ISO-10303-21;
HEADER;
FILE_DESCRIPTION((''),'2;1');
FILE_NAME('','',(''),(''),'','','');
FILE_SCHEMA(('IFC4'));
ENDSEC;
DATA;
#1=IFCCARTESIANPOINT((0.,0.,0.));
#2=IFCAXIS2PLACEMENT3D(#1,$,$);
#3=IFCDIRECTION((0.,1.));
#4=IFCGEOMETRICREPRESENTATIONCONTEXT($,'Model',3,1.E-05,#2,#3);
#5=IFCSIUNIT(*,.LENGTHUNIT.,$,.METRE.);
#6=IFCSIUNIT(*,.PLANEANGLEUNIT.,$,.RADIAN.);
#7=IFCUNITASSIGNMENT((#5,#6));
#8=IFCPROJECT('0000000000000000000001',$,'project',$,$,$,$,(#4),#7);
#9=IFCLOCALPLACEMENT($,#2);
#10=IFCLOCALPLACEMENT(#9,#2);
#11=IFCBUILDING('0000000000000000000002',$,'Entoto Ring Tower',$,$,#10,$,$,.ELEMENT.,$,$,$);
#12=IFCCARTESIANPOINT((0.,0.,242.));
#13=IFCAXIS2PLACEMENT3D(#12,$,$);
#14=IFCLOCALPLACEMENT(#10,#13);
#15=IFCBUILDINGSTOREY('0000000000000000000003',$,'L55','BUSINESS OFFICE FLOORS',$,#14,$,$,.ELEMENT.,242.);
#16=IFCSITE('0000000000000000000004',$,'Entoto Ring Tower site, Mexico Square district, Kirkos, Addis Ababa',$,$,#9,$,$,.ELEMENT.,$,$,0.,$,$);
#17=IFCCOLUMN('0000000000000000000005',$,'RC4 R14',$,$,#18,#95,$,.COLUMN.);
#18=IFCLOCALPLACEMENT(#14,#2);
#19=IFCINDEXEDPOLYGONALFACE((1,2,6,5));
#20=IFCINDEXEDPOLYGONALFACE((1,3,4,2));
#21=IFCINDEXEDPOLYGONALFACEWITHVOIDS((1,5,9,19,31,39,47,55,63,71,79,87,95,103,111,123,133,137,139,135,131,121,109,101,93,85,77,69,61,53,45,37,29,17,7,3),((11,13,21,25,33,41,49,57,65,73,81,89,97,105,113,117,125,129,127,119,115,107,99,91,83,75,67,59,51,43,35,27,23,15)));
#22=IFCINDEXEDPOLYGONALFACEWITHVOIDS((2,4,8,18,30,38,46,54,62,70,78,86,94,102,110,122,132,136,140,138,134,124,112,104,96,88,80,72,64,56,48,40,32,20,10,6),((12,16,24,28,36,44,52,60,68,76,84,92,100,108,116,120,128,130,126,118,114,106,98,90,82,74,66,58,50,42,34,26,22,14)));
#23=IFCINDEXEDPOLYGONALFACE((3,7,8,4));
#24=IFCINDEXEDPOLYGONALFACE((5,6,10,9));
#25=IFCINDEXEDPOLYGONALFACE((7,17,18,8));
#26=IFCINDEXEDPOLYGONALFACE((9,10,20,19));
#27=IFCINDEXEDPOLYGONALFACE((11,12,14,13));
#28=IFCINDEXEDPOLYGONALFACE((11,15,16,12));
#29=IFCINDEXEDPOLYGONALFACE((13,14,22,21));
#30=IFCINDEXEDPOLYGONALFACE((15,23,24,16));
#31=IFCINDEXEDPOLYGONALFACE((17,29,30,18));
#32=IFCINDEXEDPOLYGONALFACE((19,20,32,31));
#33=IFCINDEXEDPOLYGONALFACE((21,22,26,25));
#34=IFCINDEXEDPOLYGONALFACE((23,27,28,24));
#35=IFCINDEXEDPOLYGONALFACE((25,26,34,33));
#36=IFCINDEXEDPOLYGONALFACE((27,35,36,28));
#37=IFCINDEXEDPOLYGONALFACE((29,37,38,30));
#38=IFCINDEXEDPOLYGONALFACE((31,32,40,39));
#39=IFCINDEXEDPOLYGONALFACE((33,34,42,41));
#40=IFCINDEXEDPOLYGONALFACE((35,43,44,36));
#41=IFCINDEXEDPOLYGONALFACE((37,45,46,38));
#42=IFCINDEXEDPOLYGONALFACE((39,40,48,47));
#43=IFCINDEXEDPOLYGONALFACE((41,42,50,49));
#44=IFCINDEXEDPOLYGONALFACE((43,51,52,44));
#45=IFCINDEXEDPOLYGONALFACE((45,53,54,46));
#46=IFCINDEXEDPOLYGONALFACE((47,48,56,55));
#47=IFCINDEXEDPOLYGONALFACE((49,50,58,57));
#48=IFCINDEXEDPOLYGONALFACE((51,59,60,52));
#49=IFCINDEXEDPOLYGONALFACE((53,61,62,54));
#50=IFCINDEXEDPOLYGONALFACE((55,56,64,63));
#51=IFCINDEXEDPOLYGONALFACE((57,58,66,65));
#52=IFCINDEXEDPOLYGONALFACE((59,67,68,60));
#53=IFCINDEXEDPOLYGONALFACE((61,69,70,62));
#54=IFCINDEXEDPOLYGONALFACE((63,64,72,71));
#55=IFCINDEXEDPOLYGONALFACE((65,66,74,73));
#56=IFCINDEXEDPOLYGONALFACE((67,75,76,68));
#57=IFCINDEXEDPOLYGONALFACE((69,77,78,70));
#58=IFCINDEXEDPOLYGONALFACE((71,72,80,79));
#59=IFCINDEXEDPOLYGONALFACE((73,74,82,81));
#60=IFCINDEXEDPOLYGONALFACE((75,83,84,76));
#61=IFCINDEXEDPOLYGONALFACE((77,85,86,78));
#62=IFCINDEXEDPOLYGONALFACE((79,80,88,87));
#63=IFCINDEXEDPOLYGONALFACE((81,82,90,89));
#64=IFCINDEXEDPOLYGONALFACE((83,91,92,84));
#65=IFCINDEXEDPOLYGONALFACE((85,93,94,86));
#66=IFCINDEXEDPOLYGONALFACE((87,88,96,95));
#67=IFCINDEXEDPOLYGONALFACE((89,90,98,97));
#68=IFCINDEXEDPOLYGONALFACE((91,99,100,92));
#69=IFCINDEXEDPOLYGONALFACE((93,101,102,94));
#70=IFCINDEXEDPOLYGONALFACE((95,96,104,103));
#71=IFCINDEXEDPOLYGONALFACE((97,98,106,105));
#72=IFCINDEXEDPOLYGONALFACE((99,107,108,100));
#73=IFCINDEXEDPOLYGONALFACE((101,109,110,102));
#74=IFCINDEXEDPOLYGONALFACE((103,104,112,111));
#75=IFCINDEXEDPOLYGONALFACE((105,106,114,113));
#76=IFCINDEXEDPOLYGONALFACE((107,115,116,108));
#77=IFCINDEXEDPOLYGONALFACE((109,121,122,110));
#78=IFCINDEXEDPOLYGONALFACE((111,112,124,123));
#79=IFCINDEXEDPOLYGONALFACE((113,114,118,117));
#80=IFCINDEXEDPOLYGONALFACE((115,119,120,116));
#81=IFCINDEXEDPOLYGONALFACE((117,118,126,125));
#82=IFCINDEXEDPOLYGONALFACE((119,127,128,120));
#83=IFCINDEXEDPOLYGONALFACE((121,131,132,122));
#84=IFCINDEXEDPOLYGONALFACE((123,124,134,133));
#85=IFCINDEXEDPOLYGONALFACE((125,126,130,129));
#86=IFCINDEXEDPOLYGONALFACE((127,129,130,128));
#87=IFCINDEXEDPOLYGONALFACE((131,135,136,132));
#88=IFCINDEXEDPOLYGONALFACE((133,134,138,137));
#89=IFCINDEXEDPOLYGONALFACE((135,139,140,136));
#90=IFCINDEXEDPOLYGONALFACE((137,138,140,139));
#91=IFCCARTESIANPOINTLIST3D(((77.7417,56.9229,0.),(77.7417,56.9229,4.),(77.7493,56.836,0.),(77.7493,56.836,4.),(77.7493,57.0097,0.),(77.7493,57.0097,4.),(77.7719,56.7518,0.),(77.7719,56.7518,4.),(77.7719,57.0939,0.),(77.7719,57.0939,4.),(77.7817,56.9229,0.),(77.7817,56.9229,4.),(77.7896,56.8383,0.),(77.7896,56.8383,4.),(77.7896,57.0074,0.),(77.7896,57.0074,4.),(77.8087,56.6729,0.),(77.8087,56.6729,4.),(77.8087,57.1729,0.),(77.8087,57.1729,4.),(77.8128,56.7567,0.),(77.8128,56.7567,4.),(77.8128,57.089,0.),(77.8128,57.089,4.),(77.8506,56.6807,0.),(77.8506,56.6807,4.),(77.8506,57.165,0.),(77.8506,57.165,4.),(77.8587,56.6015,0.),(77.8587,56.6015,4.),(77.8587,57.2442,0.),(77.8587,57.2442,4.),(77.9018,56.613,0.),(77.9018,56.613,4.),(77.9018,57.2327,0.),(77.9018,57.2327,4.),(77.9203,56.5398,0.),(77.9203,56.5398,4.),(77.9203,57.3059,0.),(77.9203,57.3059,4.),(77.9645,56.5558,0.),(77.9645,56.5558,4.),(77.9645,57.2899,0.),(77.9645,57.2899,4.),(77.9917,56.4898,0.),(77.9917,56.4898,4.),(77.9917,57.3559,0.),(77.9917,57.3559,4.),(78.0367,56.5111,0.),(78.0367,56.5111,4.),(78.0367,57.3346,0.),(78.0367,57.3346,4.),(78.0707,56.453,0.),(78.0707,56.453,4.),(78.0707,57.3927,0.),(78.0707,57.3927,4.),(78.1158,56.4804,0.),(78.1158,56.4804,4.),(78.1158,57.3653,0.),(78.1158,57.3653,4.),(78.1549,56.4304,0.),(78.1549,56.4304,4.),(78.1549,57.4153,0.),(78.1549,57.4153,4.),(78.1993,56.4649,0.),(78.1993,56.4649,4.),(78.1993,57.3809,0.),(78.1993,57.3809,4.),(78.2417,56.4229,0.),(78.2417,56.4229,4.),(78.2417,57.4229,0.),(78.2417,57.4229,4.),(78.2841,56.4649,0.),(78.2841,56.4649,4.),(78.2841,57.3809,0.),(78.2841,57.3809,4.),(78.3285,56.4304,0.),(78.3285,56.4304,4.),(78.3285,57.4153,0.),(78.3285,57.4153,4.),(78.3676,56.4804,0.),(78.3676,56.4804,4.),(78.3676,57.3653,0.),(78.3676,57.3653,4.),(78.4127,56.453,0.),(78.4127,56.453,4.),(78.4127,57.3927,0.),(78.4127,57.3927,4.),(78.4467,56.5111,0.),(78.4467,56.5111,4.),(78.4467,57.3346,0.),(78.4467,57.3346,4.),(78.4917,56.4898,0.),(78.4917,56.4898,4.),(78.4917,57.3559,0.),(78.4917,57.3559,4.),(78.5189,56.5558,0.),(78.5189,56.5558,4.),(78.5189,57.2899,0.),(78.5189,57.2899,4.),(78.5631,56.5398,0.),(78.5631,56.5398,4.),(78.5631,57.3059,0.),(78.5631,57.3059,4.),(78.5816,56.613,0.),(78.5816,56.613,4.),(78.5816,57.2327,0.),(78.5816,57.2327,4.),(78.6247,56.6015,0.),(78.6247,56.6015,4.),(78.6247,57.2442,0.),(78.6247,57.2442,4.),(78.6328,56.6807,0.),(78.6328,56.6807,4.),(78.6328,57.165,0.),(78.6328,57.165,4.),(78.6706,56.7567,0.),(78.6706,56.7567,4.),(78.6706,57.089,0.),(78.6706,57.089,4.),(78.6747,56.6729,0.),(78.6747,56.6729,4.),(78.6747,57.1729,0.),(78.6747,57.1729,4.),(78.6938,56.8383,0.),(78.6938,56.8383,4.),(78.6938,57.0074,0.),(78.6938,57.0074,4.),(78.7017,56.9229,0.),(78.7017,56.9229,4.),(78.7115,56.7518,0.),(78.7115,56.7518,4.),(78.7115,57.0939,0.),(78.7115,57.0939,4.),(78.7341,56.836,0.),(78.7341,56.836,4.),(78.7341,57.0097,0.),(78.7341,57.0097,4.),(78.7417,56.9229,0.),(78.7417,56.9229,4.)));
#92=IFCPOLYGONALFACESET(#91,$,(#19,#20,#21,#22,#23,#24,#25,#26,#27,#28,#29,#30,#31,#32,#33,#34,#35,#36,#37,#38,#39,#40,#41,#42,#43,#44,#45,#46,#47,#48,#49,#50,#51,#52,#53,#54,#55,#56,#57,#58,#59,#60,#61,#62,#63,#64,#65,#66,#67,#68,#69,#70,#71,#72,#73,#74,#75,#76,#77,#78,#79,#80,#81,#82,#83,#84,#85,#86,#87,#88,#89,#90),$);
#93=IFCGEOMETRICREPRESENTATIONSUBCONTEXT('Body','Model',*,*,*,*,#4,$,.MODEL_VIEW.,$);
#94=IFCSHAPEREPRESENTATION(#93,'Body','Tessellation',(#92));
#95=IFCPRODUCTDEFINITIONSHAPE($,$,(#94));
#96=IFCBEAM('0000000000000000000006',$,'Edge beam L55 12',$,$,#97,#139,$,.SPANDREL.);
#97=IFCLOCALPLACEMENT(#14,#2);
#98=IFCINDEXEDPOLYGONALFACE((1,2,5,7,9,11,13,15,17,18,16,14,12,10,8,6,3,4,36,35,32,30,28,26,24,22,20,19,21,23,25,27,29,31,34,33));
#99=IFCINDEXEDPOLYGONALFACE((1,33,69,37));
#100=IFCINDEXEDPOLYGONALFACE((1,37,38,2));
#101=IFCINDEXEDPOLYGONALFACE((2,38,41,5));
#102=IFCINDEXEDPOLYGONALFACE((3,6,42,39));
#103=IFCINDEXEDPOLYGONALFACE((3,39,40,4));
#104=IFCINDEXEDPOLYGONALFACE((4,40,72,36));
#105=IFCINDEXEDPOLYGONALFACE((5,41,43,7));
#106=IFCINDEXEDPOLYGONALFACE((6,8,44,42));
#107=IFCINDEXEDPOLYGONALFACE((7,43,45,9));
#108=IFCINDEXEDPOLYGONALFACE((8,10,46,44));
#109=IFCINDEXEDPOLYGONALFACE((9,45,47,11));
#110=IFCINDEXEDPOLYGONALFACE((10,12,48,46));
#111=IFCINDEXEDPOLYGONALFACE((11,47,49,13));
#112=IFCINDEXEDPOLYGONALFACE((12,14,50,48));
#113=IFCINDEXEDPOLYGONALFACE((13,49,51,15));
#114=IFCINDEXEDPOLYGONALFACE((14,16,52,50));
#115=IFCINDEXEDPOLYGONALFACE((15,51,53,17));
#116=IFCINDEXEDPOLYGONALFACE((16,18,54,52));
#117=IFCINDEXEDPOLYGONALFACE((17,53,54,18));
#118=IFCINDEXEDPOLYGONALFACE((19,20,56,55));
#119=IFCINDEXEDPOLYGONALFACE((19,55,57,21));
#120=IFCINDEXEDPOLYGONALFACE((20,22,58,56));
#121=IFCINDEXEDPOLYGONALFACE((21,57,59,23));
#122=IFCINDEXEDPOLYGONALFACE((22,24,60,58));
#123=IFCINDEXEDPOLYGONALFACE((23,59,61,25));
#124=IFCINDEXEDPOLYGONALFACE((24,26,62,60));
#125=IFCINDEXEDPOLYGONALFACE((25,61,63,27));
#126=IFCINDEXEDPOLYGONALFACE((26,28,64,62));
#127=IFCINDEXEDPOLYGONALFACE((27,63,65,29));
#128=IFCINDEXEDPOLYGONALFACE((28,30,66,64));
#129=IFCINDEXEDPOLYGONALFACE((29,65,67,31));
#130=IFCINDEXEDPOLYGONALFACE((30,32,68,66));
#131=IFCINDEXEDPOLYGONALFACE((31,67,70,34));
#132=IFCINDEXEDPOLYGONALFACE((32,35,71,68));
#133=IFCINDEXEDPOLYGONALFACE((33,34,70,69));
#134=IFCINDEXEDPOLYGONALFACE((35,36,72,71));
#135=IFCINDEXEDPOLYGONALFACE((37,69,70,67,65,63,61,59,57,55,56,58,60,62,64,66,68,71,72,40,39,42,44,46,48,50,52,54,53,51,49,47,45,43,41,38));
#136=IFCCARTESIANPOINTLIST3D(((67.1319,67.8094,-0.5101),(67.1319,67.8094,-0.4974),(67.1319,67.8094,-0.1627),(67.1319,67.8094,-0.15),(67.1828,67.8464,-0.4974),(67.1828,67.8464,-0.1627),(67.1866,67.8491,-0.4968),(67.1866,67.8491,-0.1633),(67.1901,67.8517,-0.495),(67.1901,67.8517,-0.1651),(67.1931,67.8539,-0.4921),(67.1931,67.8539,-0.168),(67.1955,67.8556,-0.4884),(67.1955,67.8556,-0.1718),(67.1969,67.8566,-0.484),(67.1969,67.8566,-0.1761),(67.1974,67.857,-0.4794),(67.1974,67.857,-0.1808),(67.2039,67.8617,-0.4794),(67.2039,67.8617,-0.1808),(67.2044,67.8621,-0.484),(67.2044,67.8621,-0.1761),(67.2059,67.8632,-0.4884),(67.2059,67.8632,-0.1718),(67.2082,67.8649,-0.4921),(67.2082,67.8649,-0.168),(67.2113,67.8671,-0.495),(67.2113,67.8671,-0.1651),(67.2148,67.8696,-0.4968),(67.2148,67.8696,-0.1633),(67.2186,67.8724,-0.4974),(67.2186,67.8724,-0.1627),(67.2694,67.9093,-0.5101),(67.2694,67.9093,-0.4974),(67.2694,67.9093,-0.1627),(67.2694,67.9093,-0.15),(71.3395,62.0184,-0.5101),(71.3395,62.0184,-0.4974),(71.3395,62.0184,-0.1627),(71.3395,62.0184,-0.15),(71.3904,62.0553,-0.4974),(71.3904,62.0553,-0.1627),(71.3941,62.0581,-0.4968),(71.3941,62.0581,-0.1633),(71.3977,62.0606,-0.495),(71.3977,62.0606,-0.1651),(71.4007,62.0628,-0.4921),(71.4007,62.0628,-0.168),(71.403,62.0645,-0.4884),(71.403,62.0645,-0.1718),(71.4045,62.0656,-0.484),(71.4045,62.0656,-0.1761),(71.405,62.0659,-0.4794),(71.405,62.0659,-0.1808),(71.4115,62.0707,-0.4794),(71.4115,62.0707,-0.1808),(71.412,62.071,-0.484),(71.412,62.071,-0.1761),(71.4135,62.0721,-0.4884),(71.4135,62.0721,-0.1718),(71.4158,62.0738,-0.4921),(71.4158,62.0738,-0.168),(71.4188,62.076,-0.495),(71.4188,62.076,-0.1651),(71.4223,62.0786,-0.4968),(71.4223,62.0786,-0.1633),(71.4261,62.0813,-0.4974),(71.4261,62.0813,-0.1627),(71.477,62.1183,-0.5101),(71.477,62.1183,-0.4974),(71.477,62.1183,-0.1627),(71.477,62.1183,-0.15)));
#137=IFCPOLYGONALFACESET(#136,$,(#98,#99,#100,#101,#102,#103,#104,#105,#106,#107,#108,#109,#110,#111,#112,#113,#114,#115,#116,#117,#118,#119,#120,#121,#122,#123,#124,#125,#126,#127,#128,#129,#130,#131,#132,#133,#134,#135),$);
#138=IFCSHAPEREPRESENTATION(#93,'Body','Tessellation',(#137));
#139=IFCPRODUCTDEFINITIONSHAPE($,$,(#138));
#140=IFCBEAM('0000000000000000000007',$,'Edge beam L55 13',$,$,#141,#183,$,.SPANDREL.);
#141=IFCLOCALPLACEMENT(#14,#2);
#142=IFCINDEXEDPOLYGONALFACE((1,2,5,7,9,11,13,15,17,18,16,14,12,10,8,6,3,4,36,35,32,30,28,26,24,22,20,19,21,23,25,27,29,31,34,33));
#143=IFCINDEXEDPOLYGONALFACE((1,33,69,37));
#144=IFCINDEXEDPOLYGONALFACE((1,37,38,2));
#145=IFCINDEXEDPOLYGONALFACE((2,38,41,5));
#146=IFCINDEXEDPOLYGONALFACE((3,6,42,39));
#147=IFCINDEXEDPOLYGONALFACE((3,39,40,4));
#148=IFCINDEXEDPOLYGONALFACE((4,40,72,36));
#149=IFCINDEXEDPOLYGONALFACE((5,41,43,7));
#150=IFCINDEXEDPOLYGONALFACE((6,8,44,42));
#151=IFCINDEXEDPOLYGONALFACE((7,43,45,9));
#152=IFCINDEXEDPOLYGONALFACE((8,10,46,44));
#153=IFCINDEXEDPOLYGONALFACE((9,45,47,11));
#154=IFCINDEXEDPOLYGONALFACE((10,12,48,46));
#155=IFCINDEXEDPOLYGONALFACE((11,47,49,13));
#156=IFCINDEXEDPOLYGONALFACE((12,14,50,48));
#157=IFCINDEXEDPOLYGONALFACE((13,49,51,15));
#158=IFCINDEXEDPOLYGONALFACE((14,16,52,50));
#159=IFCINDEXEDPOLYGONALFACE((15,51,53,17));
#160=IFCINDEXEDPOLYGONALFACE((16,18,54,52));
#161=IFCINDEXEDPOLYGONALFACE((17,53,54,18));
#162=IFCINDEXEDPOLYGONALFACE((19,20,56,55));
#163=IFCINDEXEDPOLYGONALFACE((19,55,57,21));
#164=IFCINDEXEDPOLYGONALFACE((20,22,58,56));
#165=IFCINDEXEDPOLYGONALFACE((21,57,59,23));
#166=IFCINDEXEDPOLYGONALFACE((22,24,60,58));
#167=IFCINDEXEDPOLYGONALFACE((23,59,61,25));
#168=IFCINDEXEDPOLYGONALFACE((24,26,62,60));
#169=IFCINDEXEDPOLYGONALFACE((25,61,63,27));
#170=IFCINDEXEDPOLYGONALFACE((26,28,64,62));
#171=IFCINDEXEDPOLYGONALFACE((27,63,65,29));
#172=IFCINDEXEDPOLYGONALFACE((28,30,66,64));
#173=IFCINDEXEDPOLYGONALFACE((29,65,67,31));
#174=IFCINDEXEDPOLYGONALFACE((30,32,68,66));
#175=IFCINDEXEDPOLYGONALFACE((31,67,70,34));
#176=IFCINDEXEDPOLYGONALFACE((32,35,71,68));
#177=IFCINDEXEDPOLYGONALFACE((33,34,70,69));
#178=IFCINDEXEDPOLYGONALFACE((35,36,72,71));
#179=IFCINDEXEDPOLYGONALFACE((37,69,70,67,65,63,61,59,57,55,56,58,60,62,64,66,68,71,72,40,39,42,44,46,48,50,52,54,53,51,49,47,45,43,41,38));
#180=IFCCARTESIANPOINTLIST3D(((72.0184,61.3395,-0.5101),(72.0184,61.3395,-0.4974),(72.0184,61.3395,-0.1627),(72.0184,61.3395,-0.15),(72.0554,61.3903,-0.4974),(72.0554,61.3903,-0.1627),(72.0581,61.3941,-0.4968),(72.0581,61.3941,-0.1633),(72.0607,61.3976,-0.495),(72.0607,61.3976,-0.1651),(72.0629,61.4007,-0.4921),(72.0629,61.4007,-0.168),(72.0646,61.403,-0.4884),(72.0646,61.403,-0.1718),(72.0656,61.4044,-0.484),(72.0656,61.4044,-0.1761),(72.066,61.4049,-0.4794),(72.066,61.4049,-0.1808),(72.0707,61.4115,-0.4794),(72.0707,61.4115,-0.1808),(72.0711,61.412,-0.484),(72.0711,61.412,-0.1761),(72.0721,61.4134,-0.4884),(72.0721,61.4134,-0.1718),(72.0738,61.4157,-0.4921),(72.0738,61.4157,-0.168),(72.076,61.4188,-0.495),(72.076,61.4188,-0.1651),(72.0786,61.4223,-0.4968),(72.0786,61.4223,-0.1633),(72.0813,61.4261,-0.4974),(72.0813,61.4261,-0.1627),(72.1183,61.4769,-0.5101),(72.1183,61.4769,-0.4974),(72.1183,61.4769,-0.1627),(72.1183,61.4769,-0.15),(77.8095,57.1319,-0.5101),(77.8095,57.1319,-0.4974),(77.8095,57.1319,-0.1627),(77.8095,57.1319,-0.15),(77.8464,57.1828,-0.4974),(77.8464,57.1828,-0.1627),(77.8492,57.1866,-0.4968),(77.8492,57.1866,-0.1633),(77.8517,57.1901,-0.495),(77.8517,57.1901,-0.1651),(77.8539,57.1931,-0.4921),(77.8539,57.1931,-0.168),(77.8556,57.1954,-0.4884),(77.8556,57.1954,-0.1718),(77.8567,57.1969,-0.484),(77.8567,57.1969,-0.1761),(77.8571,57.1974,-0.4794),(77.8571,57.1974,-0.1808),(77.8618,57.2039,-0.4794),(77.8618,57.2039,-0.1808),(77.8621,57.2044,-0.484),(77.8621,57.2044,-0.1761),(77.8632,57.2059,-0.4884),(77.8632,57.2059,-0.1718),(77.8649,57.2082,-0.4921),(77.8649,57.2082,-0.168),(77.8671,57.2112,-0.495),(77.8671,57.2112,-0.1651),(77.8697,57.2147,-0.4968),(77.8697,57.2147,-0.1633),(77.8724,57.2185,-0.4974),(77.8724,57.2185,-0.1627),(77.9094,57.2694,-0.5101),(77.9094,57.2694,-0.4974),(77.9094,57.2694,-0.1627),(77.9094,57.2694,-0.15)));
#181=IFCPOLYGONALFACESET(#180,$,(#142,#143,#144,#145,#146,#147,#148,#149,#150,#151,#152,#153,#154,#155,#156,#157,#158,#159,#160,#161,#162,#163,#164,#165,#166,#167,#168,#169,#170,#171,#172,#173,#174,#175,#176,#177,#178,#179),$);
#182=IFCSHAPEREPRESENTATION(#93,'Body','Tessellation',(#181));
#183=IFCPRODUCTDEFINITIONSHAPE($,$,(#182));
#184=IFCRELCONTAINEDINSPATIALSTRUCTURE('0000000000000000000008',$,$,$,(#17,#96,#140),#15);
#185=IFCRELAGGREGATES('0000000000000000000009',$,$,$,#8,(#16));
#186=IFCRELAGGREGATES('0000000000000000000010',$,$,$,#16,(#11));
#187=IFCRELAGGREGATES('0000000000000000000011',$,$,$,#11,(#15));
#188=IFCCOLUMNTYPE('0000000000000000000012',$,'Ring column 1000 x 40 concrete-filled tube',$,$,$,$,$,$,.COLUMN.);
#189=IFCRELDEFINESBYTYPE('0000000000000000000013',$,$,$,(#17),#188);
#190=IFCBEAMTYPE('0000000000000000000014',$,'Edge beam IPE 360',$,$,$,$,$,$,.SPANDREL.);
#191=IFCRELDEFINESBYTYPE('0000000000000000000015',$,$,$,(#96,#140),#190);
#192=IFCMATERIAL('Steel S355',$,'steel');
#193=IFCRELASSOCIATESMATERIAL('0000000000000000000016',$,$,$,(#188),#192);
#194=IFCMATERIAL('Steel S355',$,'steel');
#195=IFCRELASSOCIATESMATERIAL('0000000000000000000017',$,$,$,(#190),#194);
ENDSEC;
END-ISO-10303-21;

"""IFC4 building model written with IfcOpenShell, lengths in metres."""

from ifc_helpers import new_model, si_unit, direction, frame, origin, origin_2d, place, context, subcontext, project, spatial, circle, hollow_circle, i_section, extrude, material, material_profile, profile_set, type_object, element, save


model = new_model("IFC4")

# Units and contexts
model_context = context("Model", 3, precision=1e-05, world=origin(), true_north=direction((0.0, 1.0)))
body_context = subcontext(model_context, "Body", "Model", "MODEL_VIEW")
ifc_project = project(units=[si_unit("LENGTHUNIT", "METRE"), si_unit("PLANEANGLEUNIT", "RADIAN")], contexts=[model_context])

# Site, building, storey
site_placement = place(None, origin())
site = spatial("IfcSite", under=ifc_project, at=site_placement, Name="Entoto Ring Tower site, Mexico Square district, Kirkos, Addis Ababa", CompositionType="ELEMENT", RefElevation=0.0)
building_placement = place(site_placement, origin())
building = spatial("IfcBuilding", under=site, at=building_placement, Name="Entoto Ring Tower", CompositionType="ELEMENT")
storey_placement = place(building_placement, frame((0.0, 0.0, 242.0)))
storey = spatial("IfcBuildingStorey", under=building, at=storey_placement, Name="L55", Description="BUSINESS OFFICE FLOORS", CompositionType="ELEMENT", Elevation=242.0)

# Column
ifc_material_1 = material(Name="Steel S355", Category="steel")
ifc_material_profile_1 = material_profile(ifc_material_1, hollow_circle(Radius=0.5, WallThickness=0.04, at=origin_2d()), Name="CHS 1000 x 40")
ifc_material_2 = material(Name="Concrete C60/75", Category="concrete")
ifc_material_profile_2 = material_profile(ifc_material_2, circle(Radius=0.46, at=origin_2d()), Name="Concrete C60/75 infill")
ifc_profile_set_1 = profile_set([ifc_material_profile_1, ifc_material_profile_2], Name="Steel S355")
column_type = type_object("IfcColumnType", Name="Ring column 1000 x 40 concrete-filled tube", PredefinedType="COLUMN", material=ifc_profile_set_1)
for number, where, z_axis, x_axis, name in (
    (1, (78.2417, 56.9229, 0.0), (0.0, 0.0, 1.0), (1.0, 0.0, 0.0), "RC4 R14"),
):
    element("IfcColumn", number, at=place(storey_placement, frame(where, z_axis=z_axis, x_axis=x_axis)), inside=storey, type_object=column_type, Name=name, PredefinedType="COLUMN", context=body_context, shape_type="SweptSolid", body=[
        extrude(hollow_circle(Radius=0.5, WallThickness=0.04, at=origin_2d()), origin(), (0.0, 0.0, 1.0), 4.0),
    ])

# Beams
ifc_material_3 = material(Name="Steel S355", Category="steel")
ifc_material_profile_3 = material_profile(ifc_material_3, i_section(OverallWidth=0.1699, OverallDepth=0.3601, WebThickness=0.0081, FlangeThickness=0.0127, FilletRadius=0.0181, at=origin_2d()), Name="IPE 360")
ifc_profile_set_2 = profile_set([ifc_material_profile_3], Name="Steel S355")
beam_type_1 = type_object("IfcBeamType", Name="Edge beam IPE 360", PredefinedType="SPANDREL", material=ifc_profile_set_2)
for number, where, z_axis, x_axis, name in (
    (2, (67.2007, 67.8594, -0.3301), (0.587794, -0.80901, 0.0), (0.80901, 0.587794, 0.0), "Edge beam L55 12"),
    (3, (72.0684, 61.4082, -0.3301), (0.80901, -0.587794, 0.0), (0.587794, 0.80901, 0.0), "Edge beam L55 13"),
):
    element("IfcBeam", number, at=place(storey_placement, frame(where, z_axis=z_axis, x_axis=x_axis)), inside=storey, type_object=beam_type_1, Name=name, PredefinedType="SPANDREL", context=body_context, shape_type="SweptSolid", body=[
        extrude(i_section(OverallWidth=0.1699, OverallDepth=0.3601, WebThickness=0.0081, FlangeThickness=0.0127, FilletRadius=0.0181, at=origin_2d()), origin(), (0.0, 0.0, 1.0), 7.1582),
    ])

save(model, "model.ifc")
